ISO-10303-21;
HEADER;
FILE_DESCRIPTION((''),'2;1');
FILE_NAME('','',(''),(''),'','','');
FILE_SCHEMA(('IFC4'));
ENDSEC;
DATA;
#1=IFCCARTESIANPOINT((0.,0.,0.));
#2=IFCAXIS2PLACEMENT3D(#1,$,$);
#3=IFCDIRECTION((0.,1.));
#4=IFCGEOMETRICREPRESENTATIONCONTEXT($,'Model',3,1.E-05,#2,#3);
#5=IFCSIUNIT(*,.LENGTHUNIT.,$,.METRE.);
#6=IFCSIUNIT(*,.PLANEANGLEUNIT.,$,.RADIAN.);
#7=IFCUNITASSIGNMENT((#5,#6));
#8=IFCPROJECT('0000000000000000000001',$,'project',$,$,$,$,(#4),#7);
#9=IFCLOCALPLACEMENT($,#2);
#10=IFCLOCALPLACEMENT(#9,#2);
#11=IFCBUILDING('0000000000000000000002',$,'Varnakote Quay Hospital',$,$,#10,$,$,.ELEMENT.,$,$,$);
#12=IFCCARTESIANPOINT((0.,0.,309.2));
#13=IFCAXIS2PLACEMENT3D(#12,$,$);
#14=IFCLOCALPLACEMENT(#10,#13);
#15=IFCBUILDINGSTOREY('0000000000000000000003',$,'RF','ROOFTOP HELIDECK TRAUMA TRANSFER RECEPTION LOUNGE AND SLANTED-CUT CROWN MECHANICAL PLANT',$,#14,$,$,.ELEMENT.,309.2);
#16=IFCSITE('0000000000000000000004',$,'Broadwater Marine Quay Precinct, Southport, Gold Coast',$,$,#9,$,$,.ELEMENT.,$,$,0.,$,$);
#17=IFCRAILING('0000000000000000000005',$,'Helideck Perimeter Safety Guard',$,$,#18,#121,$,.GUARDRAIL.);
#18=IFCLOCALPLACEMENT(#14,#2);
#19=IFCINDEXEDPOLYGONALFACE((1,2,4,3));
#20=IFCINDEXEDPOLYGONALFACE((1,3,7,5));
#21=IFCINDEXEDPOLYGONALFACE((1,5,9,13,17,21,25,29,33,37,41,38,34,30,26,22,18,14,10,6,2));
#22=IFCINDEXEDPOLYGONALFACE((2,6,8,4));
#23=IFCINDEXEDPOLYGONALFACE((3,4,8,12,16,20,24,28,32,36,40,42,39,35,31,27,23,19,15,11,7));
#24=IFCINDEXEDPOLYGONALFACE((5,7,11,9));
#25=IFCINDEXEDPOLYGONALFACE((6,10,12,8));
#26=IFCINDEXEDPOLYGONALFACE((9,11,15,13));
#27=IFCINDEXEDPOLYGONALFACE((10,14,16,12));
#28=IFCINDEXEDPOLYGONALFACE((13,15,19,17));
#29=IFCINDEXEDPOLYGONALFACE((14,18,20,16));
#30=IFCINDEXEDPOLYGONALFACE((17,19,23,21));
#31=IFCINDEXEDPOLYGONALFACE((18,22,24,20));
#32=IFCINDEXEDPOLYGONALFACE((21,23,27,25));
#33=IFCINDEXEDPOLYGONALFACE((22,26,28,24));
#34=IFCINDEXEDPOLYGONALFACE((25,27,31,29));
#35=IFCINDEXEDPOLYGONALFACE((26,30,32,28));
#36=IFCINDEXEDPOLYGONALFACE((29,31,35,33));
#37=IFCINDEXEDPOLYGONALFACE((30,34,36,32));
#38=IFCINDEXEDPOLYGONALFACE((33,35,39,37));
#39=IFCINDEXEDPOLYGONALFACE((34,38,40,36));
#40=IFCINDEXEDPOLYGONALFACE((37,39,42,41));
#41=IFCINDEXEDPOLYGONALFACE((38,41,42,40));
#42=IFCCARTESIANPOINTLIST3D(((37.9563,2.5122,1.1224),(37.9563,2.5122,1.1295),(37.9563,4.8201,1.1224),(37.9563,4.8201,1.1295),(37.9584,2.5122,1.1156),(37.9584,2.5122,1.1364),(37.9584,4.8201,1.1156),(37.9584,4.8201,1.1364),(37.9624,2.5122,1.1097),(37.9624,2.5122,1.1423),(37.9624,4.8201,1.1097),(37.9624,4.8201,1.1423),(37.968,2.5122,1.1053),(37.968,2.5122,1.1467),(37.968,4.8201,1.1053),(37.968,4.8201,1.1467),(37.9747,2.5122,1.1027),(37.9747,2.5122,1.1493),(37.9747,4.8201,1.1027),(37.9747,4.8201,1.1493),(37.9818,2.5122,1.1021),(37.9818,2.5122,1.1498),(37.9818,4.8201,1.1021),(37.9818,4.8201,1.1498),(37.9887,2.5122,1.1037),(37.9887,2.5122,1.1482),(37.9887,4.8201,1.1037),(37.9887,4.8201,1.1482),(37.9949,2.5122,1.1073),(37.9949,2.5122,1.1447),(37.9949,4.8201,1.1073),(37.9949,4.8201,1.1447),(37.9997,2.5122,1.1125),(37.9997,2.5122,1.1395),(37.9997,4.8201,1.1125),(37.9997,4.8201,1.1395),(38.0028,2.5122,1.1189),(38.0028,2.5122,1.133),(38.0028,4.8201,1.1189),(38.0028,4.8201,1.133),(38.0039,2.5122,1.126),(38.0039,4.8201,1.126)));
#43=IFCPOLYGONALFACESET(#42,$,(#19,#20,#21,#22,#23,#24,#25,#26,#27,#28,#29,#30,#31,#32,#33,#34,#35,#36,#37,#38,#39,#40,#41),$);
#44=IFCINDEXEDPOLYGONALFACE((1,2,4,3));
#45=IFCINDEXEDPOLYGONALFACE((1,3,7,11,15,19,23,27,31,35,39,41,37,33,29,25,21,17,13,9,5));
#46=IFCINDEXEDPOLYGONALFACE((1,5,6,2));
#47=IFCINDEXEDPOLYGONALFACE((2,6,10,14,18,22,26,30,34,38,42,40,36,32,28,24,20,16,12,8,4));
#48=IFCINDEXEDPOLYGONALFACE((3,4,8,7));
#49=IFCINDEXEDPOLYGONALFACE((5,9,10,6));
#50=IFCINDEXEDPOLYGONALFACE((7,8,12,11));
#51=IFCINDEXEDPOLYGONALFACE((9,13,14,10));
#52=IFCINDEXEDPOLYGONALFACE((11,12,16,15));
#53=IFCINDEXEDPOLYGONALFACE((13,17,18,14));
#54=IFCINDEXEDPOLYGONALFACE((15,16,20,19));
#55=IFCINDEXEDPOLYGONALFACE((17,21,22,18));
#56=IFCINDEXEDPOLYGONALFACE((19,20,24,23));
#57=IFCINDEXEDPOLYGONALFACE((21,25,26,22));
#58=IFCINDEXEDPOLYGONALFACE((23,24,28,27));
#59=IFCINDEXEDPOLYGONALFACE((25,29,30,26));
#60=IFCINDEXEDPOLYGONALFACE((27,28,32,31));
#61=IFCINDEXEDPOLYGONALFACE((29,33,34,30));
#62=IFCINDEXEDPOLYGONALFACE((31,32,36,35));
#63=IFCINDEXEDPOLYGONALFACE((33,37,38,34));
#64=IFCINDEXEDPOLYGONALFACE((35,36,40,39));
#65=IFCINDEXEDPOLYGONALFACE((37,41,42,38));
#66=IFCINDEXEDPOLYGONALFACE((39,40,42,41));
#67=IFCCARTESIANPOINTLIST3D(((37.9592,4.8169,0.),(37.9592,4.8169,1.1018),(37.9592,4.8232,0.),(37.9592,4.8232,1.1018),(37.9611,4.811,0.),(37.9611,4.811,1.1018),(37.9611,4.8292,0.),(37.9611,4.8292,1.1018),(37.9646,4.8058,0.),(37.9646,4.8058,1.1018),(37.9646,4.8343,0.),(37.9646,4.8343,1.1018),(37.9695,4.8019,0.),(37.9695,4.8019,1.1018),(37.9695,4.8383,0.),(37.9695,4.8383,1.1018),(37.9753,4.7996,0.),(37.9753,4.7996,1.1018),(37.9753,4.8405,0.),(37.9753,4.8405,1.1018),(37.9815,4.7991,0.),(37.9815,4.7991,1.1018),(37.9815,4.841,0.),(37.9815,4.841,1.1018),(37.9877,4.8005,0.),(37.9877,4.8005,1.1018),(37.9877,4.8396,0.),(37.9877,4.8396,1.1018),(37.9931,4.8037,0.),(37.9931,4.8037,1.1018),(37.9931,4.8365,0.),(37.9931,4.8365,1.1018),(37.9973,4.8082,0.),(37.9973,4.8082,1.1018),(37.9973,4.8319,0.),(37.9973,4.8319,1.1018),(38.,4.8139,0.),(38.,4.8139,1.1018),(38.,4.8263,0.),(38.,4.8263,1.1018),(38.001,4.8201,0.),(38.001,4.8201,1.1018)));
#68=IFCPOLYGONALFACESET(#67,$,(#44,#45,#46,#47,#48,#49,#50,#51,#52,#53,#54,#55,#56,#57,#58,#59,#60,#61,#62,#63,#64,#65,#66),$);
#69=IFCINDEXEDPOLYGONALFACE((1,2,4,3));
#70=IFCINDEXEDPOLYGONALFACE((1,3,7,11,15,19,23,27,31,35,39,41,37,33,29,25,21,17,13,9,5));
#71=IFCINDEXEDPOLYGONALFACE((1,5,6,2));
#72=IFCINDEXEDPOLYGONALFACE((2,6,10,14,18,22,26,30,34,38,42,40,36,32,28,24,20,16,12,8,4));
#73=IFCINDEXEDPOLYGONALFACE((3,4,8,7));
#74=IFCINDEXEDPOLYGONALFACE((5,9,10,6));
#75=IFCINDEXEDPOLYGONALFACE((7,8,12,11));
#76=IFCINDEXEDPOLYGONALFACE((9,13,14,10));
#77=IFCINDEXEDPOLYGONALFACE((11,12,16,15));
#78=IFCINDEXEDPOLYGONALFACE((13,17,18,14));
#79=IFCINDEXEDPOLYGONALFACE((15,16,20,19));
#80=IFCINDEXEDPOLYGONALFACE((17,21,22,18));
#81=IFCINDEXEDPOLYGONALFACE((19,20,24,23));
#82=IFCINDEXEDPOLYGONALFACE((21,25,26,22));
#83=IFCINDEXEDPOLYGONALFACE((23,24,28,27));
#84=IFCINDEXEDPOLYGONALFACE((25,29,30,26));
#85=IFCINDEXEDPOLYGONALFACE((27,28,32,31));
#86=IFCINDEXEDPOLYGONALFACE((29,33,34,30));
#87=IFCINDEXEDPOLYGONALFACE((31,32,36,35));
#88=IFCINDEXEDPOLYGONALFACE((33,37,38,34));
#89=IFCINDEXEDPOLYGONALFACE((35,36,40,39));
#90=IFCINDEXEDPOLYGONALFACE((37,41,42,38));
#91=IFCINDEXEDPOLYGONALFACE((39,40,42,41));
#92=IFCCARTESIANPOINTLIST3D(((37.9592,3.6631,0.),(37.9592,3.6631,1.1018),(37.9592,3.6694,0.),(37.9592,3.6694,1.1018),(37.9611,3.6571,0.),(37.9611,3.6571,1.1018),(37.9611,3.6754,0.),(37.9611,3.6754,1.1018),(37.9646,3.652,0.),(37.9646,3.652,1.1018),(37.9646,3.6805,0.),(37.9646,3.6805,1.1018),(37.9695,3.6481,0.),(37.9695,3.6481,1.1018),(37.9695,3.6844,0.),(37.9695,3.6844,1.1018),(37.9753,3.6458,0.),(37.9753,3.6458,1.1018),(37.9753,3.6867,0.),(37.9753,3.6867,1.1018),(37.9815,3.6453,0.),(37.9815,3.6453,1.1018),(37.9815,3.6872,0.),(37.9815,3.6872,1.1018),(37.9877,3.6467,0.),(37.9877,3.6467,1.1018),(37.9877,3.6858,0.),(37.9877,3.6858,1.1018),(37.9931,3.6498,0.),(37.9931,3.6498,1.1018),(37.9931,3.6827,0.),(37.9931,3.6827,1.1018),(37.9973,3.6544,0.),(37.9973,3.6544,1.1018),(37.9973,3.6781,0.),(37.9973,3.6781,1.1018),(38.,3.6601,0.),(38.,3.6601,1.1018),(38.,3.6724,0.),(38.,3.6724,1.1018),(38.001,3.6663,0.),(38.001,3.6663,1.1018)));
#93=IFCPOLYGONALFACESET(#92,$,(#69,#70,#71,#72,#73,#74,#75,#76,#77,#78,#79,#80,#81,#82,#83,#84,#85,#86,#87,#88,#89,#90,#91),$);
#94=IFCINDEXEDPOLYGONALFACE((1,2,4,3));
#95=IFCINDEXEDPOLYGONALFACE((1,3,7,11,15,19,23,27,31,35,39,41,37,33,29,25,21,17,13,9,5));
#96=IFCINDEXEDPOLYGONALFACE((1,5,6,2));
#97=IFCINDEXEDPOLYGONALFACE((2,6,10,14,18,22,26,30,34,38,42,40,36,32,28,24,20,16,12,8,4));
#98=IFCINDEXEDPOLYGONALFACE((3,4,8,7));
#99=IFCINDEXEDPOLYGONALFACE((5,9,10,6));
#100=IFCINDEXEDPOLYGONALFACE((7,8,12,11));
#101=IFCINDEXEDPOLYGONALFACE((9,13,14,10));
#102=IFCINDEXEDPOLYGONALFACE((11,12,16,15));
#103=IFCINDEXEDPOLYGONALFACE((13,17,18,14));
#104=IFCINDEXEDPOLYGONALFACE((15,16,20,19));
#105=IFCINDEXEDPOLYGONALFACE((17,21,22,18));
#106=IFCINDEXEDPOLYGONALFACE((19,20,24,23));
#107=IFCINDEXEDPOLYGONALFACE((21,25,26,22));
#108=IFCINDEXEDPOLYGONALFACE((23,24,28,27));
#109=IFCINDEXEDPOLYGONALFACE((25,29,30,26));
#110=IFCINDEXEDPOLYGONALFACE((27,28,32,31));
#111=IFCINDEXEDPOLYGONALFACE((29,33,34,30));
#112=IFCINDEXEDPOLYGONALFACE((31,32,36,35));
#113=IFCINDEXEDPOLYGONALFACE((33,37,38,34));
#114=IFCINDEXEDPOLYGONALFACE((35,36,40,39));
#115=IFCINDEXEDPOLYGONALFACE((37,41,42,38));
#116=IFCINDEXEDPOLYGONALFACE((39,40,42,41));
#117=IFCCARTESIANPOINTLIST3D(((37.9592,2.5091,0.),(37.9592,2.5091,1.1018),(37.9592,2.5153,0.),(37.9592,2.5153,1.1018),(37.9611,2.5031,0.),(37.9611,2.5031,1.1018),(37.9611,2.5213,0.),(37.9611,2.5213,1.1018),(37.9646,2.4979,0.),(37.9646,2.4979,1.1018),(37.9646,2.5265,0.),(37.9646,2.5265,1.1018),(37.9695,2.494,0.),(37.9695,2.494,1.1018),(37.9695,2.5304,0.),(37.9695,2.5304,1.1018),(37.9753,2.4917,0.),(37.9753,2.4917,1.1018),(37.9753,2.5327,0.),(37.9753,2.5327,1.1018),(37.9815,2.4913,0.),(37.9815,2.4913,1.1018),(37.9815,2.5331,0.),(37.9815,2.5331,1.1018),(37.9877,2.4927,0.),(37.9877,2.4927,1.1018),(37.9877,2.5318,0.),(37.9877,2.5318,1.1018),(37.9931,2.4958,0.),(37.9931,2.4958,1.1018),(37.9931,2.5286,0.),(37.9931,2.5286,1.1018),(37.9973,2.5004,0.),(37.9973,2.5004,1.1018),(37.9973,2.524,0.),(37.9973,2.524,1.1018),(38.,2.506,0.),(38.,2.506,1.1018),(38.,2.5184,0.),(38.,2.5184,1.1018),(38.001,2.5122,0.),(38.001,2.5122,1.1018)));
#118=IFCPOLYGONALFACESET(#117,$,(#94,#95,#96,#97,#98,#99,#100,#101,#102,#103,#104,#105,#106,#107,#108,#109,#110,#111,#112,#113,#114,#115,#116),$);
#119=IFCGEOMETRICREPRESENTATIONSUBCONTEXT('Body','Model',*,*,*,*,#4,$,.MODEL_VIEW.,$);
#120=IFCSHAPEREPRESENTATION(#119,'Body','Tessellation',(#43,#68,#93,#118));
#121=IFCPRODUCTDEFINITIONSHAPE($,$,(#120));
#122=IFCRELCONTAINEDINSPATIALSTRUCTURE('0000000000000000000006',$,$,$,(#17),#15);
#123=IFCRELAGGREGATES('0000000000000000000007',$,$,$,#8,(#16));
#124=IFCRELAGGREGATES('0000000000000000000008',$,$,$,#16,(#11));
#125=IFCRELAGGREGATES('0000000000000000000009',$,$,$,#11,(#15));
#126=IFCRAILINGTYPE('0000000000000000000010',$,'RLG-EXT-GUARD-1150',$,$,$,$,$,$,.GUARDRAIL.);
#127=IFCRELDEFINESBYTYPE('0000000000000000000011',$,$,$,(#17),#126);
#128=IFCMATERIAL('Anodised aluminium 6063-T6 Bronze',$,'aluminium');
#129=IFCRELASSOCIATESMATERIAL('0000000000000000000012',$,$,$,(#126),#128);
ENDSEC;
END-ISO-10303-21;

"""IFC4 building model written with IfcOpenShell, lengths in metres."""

from ifc_helpers import new_model, si_unit, direction, frame, origin, origin_2d, place, context, subcontext, project, spatial, circle, extrude, material, type_object, element, save


model = new_model("IFC4")

# Units and contexts
model_context = context("Model", 3, precision=1e-05, world=origin(), true_north=direction((0.0, 1.0)))
body_context = subcontext(model_context, "Body", "Model", "MODEL_VIEW")
ifc_project = project(units=[si_unit("LENGTHUNIT", "METRE"), si_unit("PLANEANGLEUNIT", "RADIAN")], contexts=[model_context])

# Site, building, storey
site_placement = place(None, origin())
site = spatial("IfcSite", under=ifc_project, at=site_placement, Name="Broadwater Marine Quay Precinct, Southport, Gold Coast", CompositionType="ELEMENT", RefElevation=0.0)
building_placement = place(site_placement, origin())
building = spatial("IfcBuilding", under=site, at=building_placement, Name="Varnakote Quay Hospital", CompositionType="ELEMENT")
storey_placement = place(building_placement, frame((0.0, 0.0, 309.2)))
storey = spatial("IfcBuildingStorey", under=building, at=storey_placement, Name="RF", Description="ROOFTOP HELIDECK TRAUMA TRANSFER RECEPTION LOUNGE AND SLANTED-CUT CROWN MECHANICAL PLANT", CompositionType="ELEMENT", Elevation=309.2)

# Railing
ifc_material_1 = material(Name="Anodised aluminium 6063-T6 Bronze", Category="aluminium")
railing_type_1 = type_object("IfcRailingType", Name="RLG-EXT-GUARD-1150", PredefinedType="GUARDRAIL", material=ifc_material_1)
railing_1_placement = place(storey_placement, frame((37.98, 4.8201, 0.0)))
element("IfcRailing", 1, at=railing_1_placement, inside=storey, type_object=railing_type_1, Name="Helideck Perimeter Safety Guard", PredefinedType="GUARDRAIL", context=body_context, shape_type="SweptSolid", body=[
    extrude(circle(Radius=0.0239, at=origin_2d()), frame((0.0, 0.0, 1.126), z_axis=(0.0, -1.0, 0.0), x_axis=(1.0, 0.0, 0.0)), (0.0, 0.0, 1.0), 2.3079),
    extrude(circle(Radius=0.021, at=origin_2d()), origin(), (0.0, 0.0, 1.0), 1.1018),
    extrude(circle(Radius=0.021, at=origin_2d()), frame((0.0, -1.1538, 0.0)), (0.0, 0.0, 1.0), 1.1018),
    extrude(circle(Radius=0.021, at=origin_2d()), frame((0.0, -2.3079, 0.0)), (0.0, 0.0, 1.0), 1.1018),
])

save(model, "model.ifc")
